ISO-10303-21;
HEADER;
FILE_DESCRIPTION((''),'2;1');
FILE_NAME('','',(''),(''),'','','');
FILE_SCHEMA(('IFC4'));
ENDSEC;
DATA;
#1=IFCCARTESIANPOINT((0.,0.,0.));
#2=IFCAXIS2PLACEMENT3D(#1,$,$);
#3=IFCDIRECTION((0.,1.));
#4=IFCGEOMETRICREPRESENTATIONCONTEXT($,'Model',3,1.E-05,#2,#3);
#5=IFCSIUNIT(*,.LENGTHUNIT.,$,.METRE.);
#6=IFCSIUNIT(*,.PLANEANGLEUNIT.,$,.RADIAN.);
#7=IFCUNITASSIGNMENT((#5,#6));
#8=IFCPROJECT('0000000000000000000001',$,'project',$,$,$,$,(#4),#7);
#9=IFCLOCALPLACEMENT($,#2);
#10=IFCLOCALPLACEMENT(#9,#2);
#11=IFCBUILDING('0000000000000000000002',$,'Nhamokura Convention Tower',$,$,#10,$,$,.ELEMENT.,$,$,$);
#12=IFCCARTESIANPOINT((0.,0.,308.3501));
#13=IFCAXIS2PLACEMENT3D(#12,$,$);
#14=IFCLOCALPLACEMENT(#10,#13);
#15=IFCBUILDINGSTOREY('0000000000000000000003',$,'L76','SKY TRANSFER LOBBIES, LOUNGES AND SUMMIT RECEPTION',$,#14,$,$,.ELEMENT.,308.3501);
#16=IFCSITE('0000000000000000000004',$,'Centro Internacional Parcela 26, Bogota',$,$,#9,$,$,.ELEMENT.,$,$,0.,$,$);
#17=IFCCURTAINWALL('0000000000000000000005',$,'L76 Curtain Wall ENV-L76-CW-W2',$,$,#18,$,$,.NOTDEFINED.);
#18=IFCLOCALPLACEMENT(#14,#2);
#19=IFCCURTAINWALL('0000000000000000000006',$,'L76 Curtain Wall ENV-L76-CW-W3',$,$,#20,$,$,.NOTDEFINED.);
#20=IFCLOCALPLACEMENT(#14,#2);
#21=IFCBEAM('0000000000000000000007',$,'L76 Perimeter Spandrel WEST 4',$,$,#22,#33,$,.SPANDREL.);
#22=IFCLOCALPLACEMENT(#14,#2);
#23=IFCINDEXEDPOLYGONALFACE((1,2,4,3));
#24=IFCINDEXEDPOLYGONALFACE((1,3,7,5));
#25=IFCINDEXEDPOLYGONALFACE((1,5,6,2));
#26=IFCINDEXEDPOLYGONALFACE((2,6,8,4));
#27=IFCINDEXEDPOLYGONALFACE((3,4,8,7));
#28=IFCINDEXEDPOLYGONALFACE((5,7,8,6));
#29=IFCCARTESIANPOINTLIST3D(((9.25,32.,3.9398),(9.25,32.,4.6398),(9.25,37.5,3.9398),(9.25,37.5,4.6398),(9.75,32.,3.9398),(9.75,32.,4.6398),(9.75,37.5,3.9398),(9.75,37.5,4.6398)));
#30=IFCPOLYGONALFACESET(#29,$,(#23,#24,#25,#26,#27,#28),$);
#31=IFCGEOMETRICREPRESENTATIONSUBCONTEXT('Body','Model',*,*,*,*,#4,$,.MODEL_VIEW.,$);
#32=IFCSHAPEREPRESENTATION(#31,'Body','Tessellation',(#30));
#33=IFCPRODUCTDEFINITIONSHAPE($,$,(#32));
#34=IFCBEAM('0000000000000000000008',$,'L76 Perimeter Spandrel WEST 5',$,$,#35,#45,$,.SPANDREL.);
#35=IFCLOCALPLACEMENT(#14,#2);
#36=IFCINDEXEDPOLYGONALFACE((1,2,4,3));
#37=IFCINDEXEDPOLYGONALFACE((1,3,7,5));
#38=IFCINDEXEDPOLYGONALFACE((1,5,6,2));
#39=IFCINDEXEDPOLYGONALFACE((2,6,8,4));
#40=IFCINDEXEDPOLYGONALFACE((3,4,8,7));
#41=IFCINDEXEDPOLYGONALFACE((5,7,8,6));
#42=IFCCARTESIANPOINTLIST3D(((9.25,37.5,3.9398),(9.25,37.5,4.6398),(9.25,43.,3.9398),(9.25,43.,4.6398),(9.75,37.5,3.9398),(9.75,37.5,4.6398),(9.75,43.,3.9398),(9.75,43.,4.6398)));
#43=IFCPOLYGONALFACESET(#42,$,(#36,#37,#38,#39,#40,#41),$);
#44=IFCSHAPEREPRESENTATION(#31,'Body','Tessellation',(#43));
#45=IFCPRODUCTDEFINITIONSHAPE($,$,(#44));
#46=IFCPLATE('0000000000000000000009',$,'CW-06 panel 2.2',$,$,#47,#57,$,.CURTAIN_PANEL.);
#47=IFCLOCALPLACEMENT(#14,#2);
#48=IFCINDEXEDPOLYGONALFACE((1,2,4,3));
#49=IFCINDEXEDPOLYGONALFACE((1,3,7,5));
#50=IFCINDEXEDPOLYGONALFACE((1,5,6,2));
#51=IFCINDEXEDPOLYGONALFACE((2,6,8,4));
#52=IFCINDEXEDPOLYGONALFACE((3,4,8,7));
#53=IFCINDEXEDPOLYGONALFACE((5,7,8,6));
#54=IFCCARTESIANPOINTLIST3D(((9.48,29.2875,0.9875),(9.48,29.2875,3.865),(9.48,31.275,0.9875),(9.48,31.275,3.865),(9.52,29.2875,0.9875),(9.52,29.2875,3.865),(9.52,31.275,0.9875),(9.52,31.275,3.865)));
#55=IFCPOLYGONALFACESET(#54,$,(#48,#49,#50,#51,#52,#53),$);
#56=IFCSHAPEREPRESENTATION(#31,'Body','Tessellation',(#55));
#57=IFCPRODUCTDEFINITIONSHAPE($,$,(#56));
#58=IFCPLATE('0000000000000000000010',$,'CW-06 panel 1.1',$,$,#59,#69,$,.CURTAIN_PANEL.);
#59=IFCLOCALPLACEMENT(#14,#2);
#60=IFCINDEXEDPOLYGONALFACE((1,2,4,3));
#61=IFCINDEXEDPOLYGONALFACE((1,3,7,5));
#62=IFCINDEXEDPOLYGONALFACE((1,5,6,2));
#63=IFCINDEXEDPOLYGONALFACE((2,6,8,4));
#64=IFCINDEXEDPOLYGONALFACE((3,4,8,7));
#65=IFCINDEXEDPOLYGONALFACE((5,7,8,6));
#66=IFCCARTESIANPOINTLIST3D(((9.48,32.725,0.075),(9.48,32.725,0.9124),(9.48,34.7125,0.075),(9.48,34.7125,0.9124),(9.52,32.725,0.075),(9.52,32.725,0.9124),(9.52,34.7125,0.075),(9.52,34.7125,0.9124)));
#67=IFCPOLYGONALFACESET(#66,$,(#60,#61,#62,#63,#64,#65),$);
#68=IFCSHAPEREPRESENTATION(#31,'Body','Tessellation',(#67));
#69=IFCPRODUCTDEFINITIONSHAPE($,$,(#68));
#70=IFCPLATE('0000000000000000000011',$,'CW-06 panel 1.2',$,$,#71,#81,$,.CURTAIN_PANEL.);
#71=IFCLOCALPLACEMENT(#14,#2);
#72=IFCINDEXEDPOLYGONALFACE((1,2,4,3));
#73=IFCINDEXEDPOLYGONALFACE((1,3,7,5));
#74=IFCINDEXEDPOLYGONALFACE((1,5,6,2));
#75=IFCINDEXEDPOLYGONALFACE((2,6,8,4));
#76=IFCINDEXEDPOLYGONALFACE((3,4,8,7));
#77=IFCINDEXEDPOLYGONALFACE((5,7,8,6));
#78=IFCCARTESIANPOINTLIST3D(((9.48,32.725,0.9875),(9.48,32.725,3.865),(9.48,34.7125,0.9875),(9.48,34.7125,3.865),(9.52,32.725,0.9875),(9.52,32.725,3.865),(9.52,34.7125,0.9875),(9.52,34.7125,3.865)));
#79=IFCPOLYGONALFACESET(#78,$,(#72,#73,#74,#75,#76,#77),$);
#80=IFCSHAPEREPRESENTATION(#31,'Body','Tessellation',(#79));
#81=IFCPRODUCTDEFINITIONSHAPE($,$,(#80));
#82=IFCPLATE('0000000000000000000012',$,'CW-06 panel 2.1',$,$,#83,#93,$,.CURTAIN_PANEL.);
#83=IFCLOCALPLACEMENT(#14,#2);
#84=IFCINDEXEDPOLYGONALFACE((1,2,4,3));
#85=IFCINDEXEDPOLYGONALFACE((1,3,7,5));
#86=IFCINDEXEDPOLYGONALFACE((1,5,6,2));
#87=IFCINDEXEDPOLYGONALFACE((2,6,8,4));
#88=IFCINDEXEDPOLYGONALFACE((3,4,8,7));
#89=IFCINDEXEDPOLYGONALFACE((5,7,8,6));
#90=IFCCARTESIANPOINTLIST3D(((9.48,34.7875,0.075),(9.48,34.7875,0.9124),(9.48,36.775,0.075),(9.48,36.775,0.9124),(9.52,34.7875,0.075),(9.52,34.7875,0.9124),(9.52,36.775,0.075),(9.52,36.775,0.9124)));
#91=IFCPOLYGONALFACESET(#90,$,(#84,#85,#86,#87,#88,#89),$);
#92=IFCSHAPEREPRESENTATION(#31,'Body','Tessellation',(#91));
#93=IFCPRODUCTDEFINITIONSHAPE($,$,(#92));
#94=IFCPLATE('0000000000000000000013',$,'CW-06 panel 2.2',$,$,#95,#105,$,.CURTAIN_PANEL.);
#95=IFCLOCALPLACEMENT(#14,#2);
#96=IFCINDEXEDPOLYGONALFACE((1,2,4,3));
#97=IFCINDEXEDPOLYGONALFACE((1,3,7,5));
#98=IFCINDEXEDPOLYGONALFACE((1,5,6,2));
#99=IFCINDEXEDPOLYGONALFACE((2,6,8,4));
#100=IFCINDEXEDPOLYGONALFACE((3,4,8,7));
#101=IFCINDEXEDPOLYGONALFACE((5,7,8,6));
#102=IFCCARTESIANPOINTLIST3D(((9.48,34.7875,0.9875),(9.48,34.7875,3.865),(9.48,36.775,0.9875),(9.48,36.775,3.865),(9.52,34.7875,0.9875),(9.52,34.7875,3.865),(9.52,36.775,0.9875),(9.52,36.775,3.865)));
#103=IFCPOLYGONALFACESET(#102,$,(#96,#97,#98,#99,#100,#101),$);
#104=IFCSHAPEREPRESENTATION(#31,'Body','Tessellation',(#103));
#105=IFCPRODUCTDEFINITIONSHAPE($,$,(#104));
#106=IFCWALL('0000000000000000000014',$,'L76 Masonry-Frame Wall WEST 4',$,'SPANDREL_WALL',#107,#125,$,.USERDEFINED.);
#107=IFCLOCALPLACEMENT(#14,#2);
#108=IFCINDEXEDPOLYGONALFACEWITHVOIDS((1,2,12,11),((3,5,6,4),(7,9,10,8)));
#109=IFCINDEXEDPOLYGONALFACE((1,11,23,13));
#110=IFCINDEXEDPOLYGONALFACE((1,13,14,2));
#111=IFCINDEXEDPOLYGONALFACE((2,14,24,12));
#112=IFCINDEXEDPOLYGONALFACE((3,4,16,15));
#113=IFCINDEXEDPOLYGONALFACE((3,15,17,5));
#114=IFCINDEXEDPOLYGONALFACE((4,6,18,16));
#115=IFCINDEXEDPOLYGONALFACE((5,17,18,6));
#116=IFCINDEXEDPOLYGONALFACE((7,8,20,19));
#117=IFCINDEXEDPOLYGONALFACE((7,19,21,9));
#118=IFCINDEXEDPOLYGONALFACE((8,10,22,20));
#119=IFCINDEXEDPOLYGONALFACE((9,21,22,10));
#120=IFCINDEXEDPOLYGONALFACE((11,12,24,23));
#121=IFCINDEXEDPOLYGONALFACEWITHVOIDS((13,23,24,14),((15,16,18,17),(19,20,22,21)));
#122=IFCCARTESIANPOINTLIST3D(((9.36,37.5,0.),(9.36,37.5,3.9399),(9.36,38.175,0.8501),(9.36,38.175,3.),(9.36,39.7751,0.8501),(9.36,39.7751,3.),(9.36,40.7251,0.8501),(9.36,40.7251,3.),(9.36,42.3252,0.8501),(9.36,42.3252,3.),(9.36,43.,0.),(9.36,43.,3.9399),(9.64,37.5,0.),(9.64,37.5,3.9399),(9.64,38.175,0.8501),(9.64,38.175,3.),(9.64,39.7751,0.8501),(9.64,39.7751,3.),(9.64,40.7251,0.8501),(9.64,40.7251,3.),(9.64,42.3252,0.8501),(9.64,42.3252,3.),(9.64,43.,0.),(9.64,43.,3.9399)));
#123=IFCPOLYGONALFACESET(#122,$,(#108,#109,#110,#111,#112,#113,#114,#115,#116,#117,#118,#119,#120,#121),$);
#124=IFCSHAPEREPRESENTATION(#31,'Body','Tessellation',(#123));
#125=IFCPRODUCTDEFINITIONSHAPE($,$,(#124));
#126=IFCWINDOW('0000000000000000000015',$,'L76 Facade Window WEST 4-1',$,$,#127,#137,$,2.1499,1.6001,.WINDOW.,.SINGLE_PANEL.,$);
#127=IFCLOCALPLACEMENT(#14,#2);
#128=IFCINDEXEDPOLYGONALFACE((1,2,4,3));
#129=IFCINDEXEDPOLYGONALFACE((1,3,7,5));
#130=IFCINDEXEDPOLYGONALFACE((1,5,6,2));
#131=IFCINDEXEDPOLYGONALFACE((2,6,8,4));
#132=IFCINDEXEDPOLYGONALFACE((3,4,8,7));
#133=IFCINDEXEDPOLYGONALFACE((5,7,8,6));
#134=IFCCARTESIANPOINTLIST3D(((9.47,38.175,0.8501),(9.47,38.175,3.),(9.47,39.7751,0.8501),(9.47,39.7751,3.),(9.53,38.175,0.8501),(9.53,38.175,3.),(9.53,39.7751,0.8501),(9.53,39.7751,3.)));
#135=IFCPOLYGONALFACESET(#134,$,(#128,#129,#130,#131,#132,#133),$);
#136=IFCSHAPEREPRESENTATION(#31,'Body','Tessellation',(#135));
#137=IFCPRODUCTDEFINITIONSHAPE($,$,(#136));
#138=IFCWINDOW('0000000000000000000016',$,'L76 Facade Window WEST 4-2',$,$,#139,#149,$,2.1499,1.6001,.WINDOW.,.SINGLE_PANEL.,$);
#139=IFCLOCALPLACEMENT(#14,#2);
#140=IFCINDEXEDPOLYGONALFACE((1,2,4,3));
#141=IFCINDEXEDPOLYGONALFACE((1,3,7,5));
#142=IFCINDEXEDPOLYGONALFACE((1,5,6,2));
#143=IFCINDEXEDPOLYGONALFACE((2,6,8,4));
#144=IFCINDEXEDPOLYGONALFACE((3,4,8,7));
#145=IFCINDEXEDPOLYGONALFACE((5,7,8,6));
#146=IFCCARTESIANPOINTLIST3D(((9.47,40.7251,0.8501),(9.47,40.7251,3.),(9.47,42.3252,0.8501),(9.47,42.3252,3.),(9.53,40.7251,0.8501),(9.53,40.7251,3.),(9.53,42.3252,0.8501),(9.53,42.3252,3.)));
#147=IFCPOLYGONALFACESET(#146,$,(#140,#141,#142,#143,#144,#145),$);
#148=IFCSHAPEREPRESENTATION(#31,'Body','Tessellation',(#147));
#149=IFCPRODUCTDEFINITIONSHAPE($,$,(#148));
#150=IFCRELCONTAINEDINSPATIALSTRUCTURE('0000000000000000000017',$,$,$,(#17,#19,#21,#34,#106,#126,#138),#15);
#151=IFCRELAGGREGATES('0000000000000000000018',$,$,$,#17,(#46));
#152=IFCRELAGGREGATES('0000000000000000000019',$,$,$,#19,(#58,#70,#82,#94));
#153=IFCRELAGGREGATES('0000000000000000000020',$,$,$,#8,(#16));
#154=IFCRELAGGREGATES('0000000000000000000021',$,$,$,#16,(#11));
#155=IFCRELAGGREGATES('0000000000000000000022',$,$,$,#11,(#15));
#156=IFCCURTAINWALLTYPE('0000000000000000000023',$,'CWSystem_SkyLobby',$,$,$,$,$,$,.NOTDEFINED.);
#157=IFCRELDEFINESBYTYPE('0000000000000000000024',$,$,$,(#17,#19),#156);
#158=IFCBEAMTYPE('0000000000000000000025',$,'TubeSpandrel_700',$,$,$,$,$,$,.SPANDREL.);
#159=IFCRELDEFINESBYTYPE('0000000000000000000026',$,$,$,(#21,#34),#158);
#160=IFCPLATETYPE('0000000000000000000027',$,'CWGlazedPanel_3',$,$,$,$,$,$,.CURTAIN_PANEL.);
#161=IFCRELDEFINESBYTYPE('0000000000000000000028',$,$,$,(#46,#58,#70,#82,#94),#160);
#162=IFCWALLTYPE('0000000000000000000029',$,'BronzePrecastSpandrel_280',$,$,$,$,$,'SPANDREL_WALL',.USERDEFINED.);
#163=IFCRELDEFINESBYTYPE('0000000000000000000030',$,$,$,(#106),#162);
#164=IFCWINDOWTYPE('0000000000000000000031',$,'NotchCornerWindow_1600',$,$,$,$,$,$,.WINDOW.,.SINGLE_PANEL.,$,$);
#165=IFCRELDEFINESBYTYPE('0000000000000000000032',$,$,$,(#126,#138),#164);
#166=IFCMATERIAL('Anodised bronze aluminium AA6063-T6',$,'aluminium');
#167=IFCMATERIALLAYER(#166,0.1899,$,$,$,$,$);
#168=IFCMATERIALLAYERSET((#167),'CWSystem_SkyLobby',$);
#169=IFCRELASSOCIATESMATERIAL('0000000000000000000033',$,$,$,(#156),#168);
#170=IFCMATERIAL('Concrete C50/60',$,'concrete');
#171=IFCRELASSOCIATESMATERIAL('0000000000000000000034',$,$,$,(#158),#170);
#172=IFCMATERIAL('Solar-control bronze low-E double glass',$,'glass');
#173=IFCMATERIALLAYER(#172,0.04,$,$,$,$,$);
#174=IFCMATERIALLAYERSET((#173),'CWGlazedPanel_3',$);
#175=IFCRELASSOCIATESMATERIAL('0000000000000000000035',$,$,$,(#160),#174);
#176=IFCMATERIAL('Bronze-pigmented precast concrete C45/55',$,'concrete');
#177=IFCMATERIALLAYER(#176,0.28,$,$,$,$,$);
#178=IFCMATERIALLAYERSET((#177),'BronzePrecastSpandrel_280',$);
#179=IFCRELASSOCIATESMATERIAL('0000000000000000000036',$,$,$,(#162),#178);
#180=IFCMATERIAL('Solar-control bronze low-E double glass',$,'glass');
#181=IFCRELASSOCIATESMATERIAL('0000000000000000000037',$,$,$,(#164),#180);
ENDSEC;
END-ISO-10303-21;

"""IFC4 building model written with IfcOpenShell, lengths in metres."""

from ifc_helpers import new_model, si_unit, direction, frame, frame_2d, origin, origin_2d, place, context, subcontext, project, spatial, rectangle, extrude, material, layer, layer_set, material_profile, profile_set, type_object, element, fill, aggregate, save


model = new_model("IFC4")

# Units and contexts
model_context = context("Model", 3, precision=1e-05, world=origin(), true_north=direction((0.0, 1.0)))
body_context = subcontext(model_context, "Body", "Model", "MODEL_VIEW")
ifc_project = project(units=[si_unit("LENGTHUNIT", "METRE"), si_unit("PLANEANGLEUNIT", "RADIAN")], contexts=[model_context])

# Site, building, storey
site_placement = place(None, origin())
site = spatial("IfcSite", under=ifc_project, at=site_placement, Name="Centro Internacional Parcela 26, Bogota", CompositionType="ELEMENT", RefElevation=0.0)
building_placement = place(site_placement, origin())
building = spatial("IfcBuilding", under=site, at=building_placement, Name="Nhamokura Convention Tower", CompositionType="ELEMENT")
storey_placement = place(building_placement, frame((0.0, 0.0, 308.3501)))
storey = spatial("IfcBuildingStorey", under=building, at=storey_placement, Name="L76", Description="SKY TRANSFER LOBBIES, LOUNGES AND SUMMIT RECEPTION", CompositionType="ELEMENT", Elevation=308.3501)

# Curtain wall
ifc_material_1 = material(Name="Anodised bronze aluminium AA6063-T6", Category="aluminium")
ifc_layer_1 = layer(ifc_material_1, 0.1899)
ifc_layer_set_1 = layer_set([ifc_layer_1], Name="CWSystem_SkyLobby")
curtain_wall_type = type_object("IfcCurtainWallType", Name="CWSystem_SkyLobby", PredefinedType="NOTDEFINED", material=ifc_layer_set_1)
curtain_wall_1_placement = place(storey_placement, origin())
curtain_wall_1 = element("IfcCurtainWall", 1, at=curtain_wall_1_placement, inside=storey, type_object=curtain_wall_type, Name="L76 Curtain Wall ENV-L76-CW-W2", PredefinedType="NOTDEFINED")

# Curtain wall
curtain_wall_2_placement = place(storey_placement, origin())
curtain_wall_2 = element("IfcCurtainWall", 2, at=curtain_wall_2_placement, inside=storey, type_object=curtain_wall_type, Name="L76 Curtain Wall ENV-L76-CW-W3", PredefinedType="NOTDEFINED")

# Beams
ifc_material_2 = material(Name="Concrete C50/60", Category="concrete")
ifc_material_profile_1 = material_profile(ifc_material_2, rectangle(XDim=0.5, YDim=0.7, at=origin_2d()))
ifc_profile_set_1 = profile_set([ifc_material_profile_1], Name="Concrete C50/60")
beam_type_1 = type_object("IfcBeamType", Name="TubeSpandrel_700", PredefinedType="SPANDREL", material=ifc_profile_set_1)
for number, where, z_axis, x_axis, name in (
    (3, (9.5, 32.0, 4.2898), (0.0, 1.0, 0.0), (-1.0, 0.0, 0.0), "L76 Perimeter Spandrel WEST 4"),
    (4, (9.5, 37.5, 4.2898), (0.0, 1.0, 0.0), (-1.0, 0.0, 0.0), "L76 Perimeter Spandrel WEST 5"),
):
    element("IfcBeam", number, at=place(storey_placement, frame(where, z_axis=z_axis, x_axis=x_axis)), inside=storey, type_object=beam_type_1, Name=name, PredefinedType="SPANDREL", context=body_context, shape_type="SweptSolid", body=[
        extrude(rectangle(XDim=0.5, YDim=0.7, at=origin_2d()), origin(), (0.0, 0.0, 1.0), 5.5),
    ])

# Plates
ifc_material_3 = material(Name="Solar-control bronze low-E double glass", Category="glass")
ifc_layer_2 = layer(ifc_material_3, 0.04)
ifc_layer_set_2 = layer_set([ifc_layer_2], Name="CWGlazedPanel_3")
plate_type = type_object("IfcPlateType", Name="CWGlazedPanel_3", PredefinedType="CURTAIN_PANEL", material=ifc_layer_set_2)
plate_1_placement = place(storey_placement, frame((9.5, 30.2812, 0.9875), z_axis=(0.0, 0.0, 1.0), x_axis=(0.0, 1.0, 0.0)))
plate_1 = element("IfcPlate", 5, at=plate_1_placement, type_object=plate_type, Name="CW-06 panel 2.2", PredefinedType="CURTAIN_PANEL", context=body_context, shape_type="SweptSolid", body=[
    extrude(rectangle(XDim=1.9875, YDim=0.04, at=origin_2d()), origin(), (0.0, 0.0, 1.0), 2.8774),
])
aggregate(curtain_wall_1, [plate_1])
plate_2_placement = place(storey_placement, frame((9.5, 33.7188, 0.075), z_axis=(0.0, 0.0, 1.0), x_axis=(0.0, 1.0, 0.0)))
plate_2 = element("IfcPlate", 6, at=plate_2_placement, type_object=plate_type, Name="CW-06 panel 1.1", PredefinedType="CURTAIN_PANEL", context=body_context, shape_type="SweptSolid", body=[
    extrude(rectangle(XDim=1.9875, YDim=0.04, at=origin_2d()), origin(), (0.0, 0.0, 1.0), 0.8374),
])
plate_3_placement = place(storey_placement, frame((9.5, 33.7188, 0.9875), z_axis=(0.0, 0.0, 1.0), x_axis=(0.0, 1.0, 0.0)))
plate_3 = element("IfcPlate", 7, at=plate_3_placement, type_object=plate_type, Name="CW-06 panel 1.2", PredefinedType="CURTAIN_PANEL", context=body_context, shape_type="SweptSolid", body=[
    extrude(rectangle(XDim=1.9875, YDim=0.04, at=origin_2d()), origin(), (0.0, 0.0, 1.0), 2.8774),
])
plate_4_placement = place(storey_placement, frame((9.5, 35.7812, 0.075), z_axis=(0.0, 0.0, 1.0), x_axis=(0.0, 1.0, 0.0)))
plate_4 = element("IfcPlate", 8, at=plate_4_placement, type_object=plate_type, Name="CW-06 panel 2.1", PredefinedType="CURTAIN_PANEL", context=body_context, shape_type="SweptSolid", body=[
    extrude(rectangle(XDim=1.9875, YDim=0.04, at=origin_2d()), origin(), (0.0, 0.0, 1.0), 0.8374),
])
plate_5_placement = place(storey_placement, frame((9.5, 35.7812, 0.9875), z_axis=(0.0, 0.0, 1.0), x_axis=(0.0, 1.0, 0.0)))
plate_5 = element("IfcPlate", 9, at=plate_5_placement, type_object=plate_type, Name="CW-06 panel 2.2", PredefinedType="CURTAIN_PANEL", context=body_context, shape_type="SweptSolid", body=[
    extrude(rectangle(XDim=1.9875, YDim=0.04, at=origin_2d()), origin(), (0.0, 0.0, 1.0), 2.8774),
])
aggregate(curtain_wall_2, [plate_2, plate_3, plate_4, plate_5])

# Wall, openings, windows
ifc_material_4 = material(Name="Bronze-pigmented precast concrete C45/55", Category="concrete")
ifc_layer_3 = layer(ifc_material_4, 0.28)
ifc_layer_set_3 = layer_set([ifc_layer_3], Name="BronzePrecastSpandrel_280")
wall_type = type_object("IfcWallType", Name="BronzePrecastSpandrel_280", ElementType="SPANDREL_WALL", PredefinedType="USERDEFINED", material=ifc_layer_set_3)
wall_placement = place(storey_placement, frame((9.5, 37.5, 0.0), z_axis=(0.0, 0.0, 1.0), x_axis=(0.0, 1.0, 0.0)))
wall = element("IfcWall", 10, at=wall_placement, inside=storey, type_object=wall_type, Name="L76 Masonry-Frame Wall WEST 4", ObjectType="SPANDREL_WALL", PredefinedType="USERDEFINED", context=body_context, shape_type="SweptSolid", body=[
    extrude(rectangle(XDim=5.5, YDim=0.28, at=frame_2d((2.75, 0.0))), origin(), (0.0, 0.0, 1.0), 3.9399),
])
opening_1_placement = place(wall_placement, frame((0.675, 0.0, 0.8501)))
opening_1 = element("IfcOpeningElement", 11, at=opening_1_placement, cuts=wall, PredefinedType="OPENING", context=body_context, shape_type="SweptSolid", body=[
    extrude(rectangle(XDim=1.6001, YDim=2.1499, at=frame_2d((0.8, 1.075))), frame((0.0, 0.1499, 0.0), z_axis=(0.0, -1.0, 0.0), x_axis=(1.0, 0.0, 0.0)), (0.0, 0.0, 1.0), 0.3),
])
opening_2_placement = place(wall_placement, frame((3.2251, 0.0, 0.8501)))
opening_2 = element("IfcOpeningElement", 12, at=opening_2_placement, cuts=wall, PredefinedType="OPENING", context=body_context, shape_type="SweptSolid", body=[
    extrude(rectangle(XDim=1.6001, YDim=2.1499, at=frame_2d((0.8, 1.075))), frame((0.0, 0.1499, 0.0), z_axis=(0.0, -1.0, 0.0), x_axis=(1.0, 0.0, 0.0)), (0.0, 0.0, 1.0), 0.3),
])
ifc_material_5 = material(Name="Solar-control bronze low-E double glass", Category="glass")
window_type = type_object("IfcWindowType", Name="NotchCornerWindow_1600", PartitioningType="SINGLE_PANEL", PredefinedType="WINDOW", material=ifc_material_5)
window_1_placement = place(opening_1_placement, origin())
window_1 = element("IfcWindow", 13, at=window_1_placement, inside=storey, type_object=window_type, Name="L76 Facade Window WEST 4-1", OverallHeight=2.1499, OverallWidth=1.6001, PartitioningType="SINGLE_PANEL", PredefinedType="WINDOW", context=body_context, shape_type="SweptSolid", body=[
    extrude(rectangle(XDim=1.6001, YDim=2.1499, at=frame_2d((0.8, 1.075))), frame((0.0, 0.03, 0.0), z_axis=(0.0, -1.0, 0.0), x_axis=(1.0, 0.0, 0.0)), (0.0, 0.0, 1.0), 0.0601),
])
fill(opening_1, window_1)
window_2_placement = place(opening_2_placement, origin())
window_2 = element("IfcWindow", 14, at=window_2_placement, inside=storey, type_object=window_type, Name="L76 Facade Window WEST 4-2", OverallHeight=2.1499, OverallWidth=1.6001, PartitioningType="SINGLE_PANEL", PredefinedType="WINDOW", context=body_context, shape_type="SweptSolid", body=[
    extrude(rectangle(XDim=1.6001, YDim=2.1499, at=frame_2d((0.8, 1.075))), frame((0.0, 0.03, 0.0), z_axis=(0.0, -1.0, 0.0), x_axis=(1.0, 0.0, 0.0)), (0.0, 0.0, 1.0), 0.0601),
])
fill(opening_2, window_2)

save(model, "model.ifc")
